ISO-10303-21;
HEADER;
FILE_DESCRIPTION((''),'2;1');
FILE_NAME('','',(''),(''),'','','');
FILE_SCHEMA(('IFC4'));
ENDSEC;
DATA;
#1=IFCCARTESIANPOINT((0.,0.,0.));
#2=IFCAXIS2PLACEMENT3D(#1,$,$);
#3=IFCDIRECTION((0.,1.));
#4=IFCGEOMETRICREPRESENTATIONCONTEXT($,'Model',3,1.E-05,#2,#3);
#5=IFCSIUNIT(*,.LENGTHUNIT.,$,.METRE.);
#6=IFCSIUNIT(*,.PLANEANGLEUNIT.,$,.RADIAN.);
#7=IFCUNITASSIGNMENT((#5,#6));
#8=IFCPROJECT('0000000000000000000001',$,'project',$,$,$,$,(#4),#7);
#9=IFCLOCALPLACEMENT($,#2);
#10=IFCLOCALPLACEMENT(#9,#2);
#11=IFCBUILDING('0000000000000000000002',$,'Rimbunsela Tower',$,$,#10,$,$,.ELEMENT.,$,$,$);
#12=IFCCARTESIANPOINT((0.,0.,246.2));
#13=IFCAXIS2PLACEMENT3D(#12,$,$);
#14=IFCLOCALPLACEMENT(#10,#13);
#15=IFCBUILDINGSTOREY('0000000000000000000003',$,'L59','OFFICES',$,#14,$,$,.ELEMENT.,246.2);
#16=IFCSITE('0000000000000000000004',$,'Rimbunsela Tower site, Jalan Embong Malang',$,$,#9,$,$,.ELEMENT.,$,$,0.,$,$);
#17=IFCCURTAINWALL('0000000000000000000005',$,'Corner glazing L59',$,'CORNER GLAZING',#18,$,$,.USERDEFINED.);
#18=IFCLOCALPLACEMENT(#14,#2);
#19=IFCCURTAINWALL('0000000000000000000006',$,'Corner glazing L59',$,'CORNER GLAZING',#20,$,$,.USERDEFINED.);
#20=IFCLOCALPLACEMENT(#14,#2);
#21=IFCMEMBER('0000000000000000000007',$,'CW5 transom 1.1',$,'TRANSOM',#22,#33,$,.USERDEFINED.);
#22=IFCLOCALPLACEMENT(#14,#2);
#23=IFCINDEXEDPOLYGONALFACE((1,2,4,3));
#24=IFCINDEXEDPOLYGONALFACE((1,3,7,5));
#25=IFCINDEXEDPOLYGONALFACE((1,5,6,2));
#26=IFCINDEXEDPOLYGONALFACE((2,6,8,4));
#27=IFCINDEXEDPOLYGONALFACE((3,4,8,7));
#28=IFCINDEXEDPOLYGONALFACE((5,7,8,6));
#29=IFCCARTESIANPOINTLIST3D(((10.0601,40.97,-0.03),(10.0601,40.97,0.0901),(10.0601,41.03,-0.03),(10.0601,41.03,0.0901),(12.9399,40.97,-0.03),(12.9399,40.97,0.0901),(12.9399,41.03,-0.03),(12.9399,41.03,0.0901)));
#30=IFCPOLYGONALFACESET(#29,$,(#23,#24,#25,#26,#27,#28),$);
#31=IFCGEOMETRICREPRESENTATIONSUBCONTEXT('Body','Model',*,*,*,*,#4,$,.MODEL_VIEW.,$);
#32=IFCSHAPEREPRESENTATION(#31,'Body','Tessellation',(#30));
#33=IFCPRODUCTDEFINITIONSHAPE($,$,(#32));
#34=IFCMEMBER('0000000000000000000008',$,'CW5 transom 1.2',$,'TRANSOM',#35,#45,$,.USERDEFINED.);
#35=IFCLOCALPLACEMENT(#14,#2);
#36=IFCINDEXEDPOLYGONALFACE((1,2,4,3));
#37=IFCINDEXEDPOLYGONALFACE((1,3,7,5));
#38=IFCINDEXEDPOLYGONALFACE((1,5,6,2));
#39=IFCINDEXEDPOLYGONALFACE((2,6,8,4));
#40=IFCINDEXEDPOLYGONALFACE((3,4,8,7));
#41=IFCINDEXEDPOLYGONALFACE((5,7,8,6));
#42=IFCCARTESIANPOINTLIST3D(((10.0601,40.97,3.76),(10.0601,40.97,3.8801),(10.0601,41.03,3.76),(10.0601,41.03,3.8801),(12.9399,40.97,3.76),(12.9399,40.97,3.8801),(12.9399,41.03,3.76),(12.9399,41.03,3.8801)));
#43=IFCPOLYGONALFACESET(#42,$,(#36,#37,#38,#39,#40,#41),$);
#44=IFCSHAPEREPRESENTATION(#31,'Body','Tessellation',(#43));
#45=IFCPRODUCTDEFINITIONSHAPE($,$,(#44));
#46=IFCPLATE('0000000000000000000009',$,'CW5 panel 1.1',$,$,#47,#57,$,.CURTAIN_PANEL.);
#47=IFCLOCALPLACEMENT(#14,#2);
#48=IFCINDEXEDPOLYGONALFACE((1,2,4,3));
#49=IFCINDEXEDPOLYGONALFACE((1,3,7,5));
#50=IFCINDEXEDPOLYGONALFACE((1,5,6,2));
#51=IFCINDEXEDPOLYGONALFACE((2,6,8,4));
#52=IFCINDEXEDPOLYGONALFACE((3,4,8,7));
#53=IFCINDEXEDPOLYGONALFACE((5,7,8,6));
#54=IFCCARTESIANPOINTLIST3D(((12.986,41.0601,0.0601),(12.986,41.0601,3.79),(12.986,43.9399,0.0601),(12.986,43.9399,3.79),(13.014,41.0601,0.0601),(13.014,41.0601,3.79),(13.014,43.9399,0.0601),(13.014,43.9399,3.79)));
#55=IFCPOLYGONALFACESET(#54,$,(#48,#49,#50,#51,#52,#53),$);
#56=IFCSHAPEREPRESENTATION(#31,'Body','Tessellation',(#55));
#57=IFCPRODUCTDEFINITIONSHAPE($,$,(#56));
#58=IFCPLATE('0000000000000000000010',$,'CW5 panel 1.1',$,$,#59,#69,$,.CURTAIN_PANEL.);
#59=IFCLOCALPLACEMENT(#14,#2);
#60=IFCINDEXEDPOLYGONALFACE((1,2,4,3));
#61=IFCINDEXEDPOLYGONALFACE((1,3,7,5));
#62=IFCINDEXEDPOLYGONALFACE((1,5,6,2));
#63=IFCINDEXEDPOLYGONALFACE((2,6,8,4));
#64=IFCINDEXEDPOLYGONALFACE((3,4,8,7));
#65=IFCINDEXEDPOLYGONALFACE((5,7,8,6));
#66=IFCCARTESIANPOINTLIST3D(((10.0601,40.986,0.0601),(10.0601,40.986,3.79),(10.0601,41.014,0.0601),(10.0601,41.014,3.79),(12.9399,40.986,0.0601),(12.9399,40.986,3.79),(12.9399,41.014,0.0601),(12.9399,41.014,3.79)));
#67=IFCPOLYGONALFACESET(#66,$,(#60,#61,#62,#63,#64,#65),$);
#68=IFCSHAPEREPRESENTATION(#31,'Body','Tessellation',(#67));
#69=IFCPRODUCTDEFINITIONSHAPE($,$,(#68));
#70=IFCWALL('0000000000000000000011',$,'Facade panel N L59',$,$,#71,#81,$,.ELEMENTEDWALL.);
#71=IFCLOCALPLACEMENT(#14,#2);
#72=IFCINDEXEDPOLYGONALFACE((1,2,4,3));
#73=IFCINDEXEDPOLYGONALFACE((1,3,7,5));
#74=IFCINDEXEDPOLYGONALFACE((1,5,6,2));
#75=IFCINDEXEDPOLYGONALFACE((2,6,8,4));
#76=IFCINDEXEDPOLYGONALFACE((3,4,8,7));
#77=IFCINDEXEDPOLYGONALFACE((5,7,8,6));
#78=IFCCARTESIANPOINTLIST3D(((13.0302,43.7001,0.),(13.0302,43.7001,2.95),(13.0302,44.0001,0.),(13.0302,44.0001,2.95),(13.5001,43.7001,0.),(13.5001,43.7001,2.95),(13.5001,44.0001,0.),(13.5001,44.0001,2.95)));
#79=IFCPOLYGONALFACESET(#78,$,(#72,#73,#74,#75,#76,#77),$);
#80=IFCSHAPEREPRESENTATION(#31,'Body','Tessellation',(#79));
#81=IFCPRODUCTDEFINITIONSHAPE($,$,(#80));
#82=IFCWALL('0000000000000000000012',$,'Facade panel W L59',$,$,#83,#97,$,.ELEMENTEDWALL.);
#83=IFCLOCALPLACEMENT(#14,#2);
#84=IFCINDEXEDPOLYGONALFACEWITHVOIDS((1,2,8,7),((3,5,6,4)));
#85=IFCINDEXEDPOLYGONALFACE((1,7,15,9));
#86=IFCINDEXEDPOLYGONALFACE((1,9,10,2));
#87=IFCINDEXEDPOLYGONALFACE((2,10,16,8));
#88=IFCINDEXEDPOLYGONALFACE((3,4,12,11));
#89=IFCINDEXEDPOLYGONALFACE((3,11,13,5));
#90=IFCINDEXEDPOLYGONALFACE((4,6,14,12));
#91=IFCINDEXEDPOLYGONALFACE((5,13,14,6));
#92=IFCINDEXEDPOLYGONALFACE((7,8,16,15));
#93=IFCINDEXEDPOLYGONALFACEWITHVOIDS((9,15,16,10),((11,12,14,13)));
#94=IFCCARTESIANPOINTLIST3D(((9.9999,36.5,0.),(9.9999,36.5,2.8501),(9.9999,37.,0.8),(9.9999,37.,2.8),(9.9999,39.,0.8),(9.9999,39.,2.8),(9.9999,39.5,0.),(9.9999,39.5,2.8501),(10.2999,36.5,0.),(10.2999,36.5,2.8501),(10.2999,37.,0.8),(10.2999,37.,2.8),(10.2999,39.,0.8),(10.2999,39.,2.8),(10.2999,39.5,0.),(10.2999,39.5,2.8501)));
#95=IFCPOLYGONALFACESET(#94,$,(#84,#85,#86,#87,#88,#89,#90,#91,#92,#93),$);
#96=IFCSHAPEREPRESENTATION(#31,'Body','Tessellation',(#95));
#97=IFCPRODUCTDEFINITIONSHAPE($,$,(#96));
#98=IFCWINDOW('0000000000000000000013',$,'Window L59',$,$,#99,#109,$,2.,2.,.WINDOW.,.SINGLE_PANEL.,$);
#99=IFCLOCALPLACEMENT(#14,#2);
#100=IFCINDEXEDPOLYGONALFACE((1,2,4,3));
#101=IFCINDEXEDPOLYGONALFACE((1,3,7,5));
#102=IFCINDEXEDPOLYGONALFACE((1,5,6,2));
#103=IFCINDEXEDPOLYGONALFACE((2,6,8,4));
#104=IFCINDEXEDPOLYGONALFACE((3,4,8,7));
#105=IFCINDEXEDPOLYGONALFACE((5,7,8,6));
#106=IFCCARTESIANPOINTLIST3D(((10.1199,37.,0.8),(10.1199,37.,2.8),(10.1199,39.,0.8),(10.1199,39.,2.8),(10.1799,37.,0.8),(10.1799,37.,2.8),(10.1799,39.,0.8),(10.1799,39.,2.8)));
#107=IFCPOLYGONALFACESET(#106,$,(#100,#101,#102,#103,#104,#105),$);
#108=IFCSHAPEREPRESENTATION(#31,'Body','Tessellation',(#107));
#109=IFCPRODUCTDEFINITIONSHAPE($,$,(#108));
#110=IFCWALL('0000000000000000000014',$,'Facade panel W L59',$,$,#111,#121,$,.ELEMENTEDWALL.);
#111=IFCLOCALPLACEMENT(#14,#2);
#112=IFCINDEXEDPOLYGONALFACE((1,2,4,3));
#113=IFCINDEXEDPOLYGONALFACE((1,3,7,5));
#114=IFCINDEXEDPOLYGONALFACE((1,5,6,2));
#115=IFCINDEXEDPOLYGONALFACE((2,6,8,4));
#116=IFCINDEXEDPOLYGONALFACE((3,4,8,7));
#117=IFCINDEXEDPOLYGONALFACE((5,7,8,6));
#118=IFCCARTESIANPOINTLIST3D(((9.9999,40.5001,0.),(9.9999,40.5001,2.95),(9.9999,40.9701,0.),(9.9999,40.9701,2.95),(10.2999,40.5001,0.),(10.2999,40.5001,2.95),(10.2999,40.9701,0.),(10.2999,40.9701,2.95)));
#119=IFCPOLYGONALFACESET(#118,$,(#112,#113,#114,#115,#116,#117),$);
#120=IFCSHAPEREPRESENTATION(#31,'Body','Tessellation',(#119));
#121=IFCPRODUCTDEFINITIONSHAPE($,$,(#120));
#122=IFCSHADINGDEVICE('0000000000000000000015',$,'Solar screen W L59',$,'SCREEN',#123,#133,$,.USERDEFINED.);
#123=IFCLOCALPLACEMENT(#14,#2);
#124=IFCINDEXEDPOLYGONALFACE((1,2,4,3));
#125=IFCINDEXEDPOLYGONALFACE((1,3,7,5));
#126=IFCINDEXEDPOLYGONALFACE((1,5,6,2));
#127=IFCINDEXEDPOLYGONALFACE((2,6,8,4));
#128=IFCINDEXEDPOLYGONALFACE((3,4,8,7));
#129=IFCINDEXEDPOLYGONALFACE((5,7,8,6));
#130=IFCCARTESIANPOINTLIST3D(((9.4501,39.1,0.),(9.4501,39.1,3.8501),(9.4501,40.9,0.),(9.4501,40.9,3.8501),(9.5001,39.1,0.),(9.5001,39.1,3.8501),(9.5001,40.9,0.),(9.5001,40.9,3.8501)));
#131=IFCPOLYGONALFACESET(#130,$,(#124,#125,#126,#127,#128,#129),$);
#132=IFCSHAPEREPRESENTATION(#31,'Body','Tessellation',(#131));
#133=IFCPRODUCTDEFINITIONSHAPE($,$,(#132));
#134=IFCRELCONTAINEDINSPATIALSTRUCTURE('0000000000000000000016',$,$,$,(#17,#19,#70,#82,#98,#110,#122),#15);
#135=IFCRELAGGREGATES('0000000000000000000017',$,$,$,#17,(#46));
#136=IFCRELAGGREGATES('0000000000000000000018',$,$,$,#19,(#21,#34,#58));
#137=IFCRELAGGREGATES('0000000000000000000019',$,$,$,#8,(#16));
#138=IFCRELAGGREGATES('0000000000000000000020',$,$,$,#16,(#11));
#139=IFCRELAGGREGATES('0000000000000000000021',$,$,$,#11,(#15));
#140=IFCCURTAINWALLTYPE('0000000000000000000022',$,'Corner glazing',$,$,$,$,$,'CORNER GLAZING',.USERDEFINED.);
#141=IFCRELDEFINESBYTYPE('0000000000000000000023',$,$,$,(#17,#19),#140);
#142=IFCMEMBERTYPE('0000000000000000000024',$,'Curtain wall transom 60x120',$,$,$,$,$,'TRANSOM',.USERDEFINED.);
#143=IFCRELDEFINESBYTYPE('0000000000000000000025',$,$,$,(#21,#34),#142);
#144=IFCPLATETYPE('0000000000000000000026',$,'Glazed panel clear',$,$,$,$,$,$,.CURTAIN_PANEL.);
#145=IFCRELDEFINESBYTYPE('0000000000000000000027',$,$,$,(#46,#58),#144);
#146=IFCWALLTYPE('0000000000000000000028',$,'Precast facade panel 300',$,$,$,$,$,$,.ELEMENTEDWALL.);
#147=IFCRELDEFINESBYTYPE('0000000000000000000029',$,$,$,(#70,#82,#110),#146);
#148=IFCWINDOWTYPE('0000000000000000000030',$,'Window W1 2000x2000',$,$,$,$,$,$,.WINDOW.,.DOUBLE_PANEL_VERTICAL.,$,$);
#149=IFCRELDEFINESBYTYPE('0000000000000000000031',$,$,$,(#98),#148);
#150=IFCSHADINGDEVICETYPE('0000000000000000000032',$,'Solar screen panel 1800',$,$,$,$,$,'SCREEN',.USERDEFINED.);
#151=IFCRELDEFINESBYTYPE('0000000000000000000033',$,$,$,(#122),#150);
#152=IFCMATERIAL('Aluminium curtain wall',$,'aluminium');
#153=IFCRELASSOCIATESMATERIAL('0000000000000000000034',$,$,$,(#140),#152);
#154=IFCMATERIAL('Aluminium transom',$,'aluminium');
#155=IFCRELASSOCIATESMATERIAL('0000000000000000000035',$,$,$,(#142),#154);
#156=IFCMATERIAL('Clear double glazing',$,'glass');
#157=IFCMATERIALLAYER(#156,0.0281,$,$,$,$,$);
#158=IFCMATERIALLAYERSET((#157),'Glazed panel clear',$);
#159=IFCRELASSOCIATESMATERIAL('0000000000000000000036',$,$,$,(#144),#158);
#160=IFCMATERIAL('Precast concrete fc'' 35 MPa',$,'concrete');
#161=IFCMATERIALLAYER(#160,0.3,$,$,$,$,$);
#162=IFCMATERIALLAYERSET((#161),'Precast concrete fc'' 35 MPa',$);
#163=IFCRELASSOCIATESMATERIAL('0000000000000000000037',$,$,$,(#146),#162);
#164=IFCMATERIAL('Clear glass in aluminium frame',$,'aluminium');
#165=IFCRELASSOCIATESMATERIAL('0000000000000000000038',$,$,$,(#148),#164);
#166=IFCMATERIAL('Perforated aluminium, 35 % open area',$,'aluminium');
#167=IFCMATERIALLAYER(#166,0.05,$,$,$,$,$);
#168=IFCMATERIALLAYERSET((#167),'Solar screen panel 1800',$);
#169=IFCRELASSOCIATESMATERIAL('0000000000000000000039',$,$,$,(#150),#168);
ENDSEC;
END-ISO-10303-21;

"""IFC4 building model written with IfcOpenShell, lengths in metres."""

from ifc_helpers import new_model, si_unit, direction, frame, frame_2d, origin, origin_2d, place, context, subcontext, project, spatial, rectangle, extrude, material, layer, layer_set, material_profile, profile_set, type_object, element, fill, aggregate, save


model = new_model("IFC4")

# Units and contexts
model_context = context("Model", 3, precision=1e-05, world=origin(), true_north=direction((0.0, 1.0)))
body_context = subcontext(model_context, "Body", "Model", "MODEL_VIEW")
ifc_project = project(units=[si_unit("LENGTHUNIT", "METRE"), si_unit("PLANEANGLEUNIT", "RADIAN")], contexts=[model_context])

# Site, building, storey
site_placement = place(None, origin())
site = spatial("IfcSite", under=ifc_project, at=site_placement, Name="Rimbunsela Tower site, Jalan Embong Malang", CompositionType="ELEMENT", RefElevation=0.0)
building_placement = place(site_placement, origin())
building = spatial("IfcBuilding", under=site, at=building_placement, Name="Rimbunsela Tower", CompositionType="ELEMENT")
storey_placement = place(building_placement, frame((0.0, 0.0, 246.2)))
storey = spatial("IfcBuildingStorey", under=building, at=storey_placement, Name="L59", Description="OFFICES", CompositionType="ELEMENT", Elevation=246.2)

# Curtain walls
ifc_material_1 = material(Name="Aluminium curtain wall", Category="aluminium")
curtain_wall_type = type_object("IfcCurtainWallType", Name="Corner glazing", ElementType="CORNER GLAZING", PredefinedType="USERDEFINED", material=ifc_material_1)
curtain_wall_1_placement = place(storey_placement, origin())
curtain_wall_1 = element("IfcCurtainWall", 1, at=curtain_wall_1_placement, inside=storey, type_object=curtain_wall_type, Name="Corner glazing L59", ObjectType="CORNER GLAZING", PredefinedType="USERDEFINED")
curtain_wall_2_placement = place(storey_placement, origin())
curtain_wall_2 = element("IfcCurtainWall", 2, at=curtain_wall_2_placement, inside=storey, type_object=curtain_wall_type, Name="Corner glazing L59", ObjectType="CORNER GLAZING", PredefinedType="USERDEFINED")

# Members
ifc_material_2 = material(Name="Aluminium transom", Category="aluminium")
ifc_material_profile_1 = material_profile(ifc_material_2, rectangle(XDim=0.0601, YDim=0.1201, at=origin_2d()), Name="Transom 60x120")
ifc_profile_set_1 = profile_set([ifc_material_profile_1], Name="Aluminium transom")
member_type_1 = type_object("IfcMemberType", Name="Curtain wall transom 60x120", ElementType="TRANSOM", PredefinedType="USERDEFINED", material=ifc_profile_set_1)
member_1_placement = place(storey_placement, frame((12.9399, 41.0, 0.03), z_axis=(-1.0, 0.0, 0.0), x_axis=(0.0, -1.0, 0.0)))
member_1 = element("IfcMember", 3, at=member_1_placement, type_object=member_type_1, Name="CW5 transom 1.1", ObjectType="TRANSOM", PredefinedType="USERDEFINED", context=body_context, shape_type="SweptSolid", body=[
    extrude(rectangle(XDim=0.0601, YDim=0.1201, at=origin_2d()), origin(), (0.0, 0.0, 1.0), 2.8799),
])
member_2_placement = place(storey_placement, frame((12.9399, 41.0, 3.8201), z_axis=(-1.0, 0.0, 0.0), x_axis=(0.0, -1.0, 0.0)))
member_2 = element("IfcMember", 4, at=member_2_placement, type_object=member_type_1, Name="CW5 transom 1.2", ObjectType="TRANSOM", PredefinedType="USERDEFINED", context=body_context, shape_type="SweptSolid", body=[
    extrude(rectangle(XDim=0.0601, YDim=0.1201, at=origin_2d()), origin(), (0.0, 0.0, 1.0), 2.8799),
])

# Plates
ifc_material_3 = material(Name="Clear double glazing", Category="glass")
ifc_layer_1 = layer(ifc_material_3, 0.0281)
ifc_layer_set_1 = layer_set([ifc_layer_1], Name="Glazed panel clear")
plate_type = type_object("IfcPlateType", Name="Glazed panel clear", PredefinedType="CURTAIN_PANEL", material=ifc_layer_set_1)
plate_1_placement = place(storey_placement, frame((13.0, 42.5, 0.0601), z_axis=(0.0, 0.0, 1.0), x_axis=(0.0, -1.0, 0.0)))
plate_1 = element("IfcPlate", 5, at=plate_1_placement, type_object=plate_type, Name="CW5 panel 1.1", PredefinedType="CURTAIN_PANEL", context=body_context, shape_type="SweptSolid", body=[
    extrude(rectangle(XDim=2.8799, YDim=0.0281, at=origin_2d()), origin(), (0.0, 0.0, 1.0), 3.73),
])
aggregate(curtain_wall_1, [plate_1])
plate_2_placement = place(storey_placement, frame((11.5, 41.0, 0.0601), z_axis=(0.0, 0.0, 1.0), x_axis=(-1.0, 0.0, 0.0)))
plate_2 = element("IfcPlate", 6, at=plate_2_placement, type_object=plate_type, Name="CW5 panel 1.1", PredefinedType="CURTAIN_PANEL", context=body_context, shape_type="SweptSolid", body=[
    extrude(rectangle(XDim=2.8799, YDim=0.0281, at=origin_2d()), origin(), (0.0, 0.0, 1.0), 3.73),
])
aggregate(curtain_wall_2, [member_1, member_2, plate_2])

# Wall
ifc_material_4 = material(Name="Precast concrete fc' 35 MPa", Category="concrete")
ifc_layer_2 = layer(ifc_material_4, 0.3)
ifc_layer_set_2 = layer_set([ifc_layer_2], Name="Precast concrete fc' 35 MPa")
wall_type = type_object("IfcWallType", Name="Precast facade panel 300", PredefinedType="ELEMENTEDWALL", material=ifc_layer_set_2)
wall_1_placement = place(storey_placement, frame((13.5, 43.8501, 0.0), z_axis=(0.0, 0.0, 1.0), x_axis=(-1.0, 0.0, 0.0)))
element("IfcWall", 7, at=wall_1_placement, inside=storey, type_object=wall_type, Name="Facade panel N L59", PredefinedType="ELEMENTEDWALL", context=body_context, shape_type="SweptSolid", body=[
    extrude(rectangle(XDim=0.47, YDim=0.3, at=frame_2d((0.2349, 0.0))), origin(), (0.0, 0.0, 1.0), 2.95),
])

# Wall, opening, window
wall_2_placement = place(storey_placement, frame((10.1499, 39.5, 0.0), z_axis=(0.0, 0.0, 1.0), x_axis=(0.0, -1.0, 0.0)))
wall_2 = element("IfcWall", 8, at=wall_2_placement, inside=storey, type_object=wall_type, Name="Facade panel W L59", PredefinedType="ELEMENTEDWALL", context=body_context, shape_type="SweptSolid", body=[
    extrude(rectangle(XDim=3.0, YDim=0.3, at=frame_2d((1.5, 0.0))), origin(), (0.0, 0.0, 1.0), 2.8501),
])
opening_placement = place(wall_2_placement, frame((0.5, 0.0, 0.8)))
opening = element("IfcOpeningElement", 9, at=opening_placement, cuts=wall_2, PredefinedType="OPENING", context=body_context, shape_type="SweptSolid", body=[
    extrude(rectangle(XDim=2.0, YDim=2.0, at=frame_2d((1.0, 1.0))), frame((0.0, 0.1599, 0.0), z_axis=(0.0, -1.0, 0.0), x_axis=(1.0, 0.0, 0.0)), (0.0, 0.0, 1.0), 0.3201),
])
ifc_material_5 = material(Name="Clear glass in aluminium frame", Category="aluminium")
window_type = type_object("IfcWindowType", Name="Window W1 2000x2000", PartitioningType="DOUBLE_PANEL_VERTICAL", PredefinedType="WINDOW", material=ifc_material_5)
window_placement = place(opening_placement, origin())
window = element("IfcWindow", 10, at=window_placement, inside=storey, type_object=window_type, Name="Window L59", OverallHeight=2.0, OverallWidth=2.0, PartitioningType="SINGLE_PANEL", PredefinedType="WINDOW", context=body_context, shape_type="SweptSolid", body=[
    extrude(rectangle(XDim=2.0, YDim=2.0, at=frame_2d((1.0, 1.0))), frame((0.0, 0.03, 0.0), z_axis=(0.0, -1.0, 0.0), x_axis=(1.0, 0.0, 0.0)), (0.0, 0.0, 1.0), 0.0601),
])
fill(opening, window)

# Wall
wall_3_placement = place(storey_placement, frame((10.1499, 40.97, 0.0), z_axis=(0.0, 0.0, 1.0), x_axis=(0.0, -1.0, 0.0)))
element("IfcWall", 11, at=wall_3_placement, inside=storey, type_object=wall_type, Name="Facade panel W L59", PredefinedType="ELEMENTEDWALL", context=body_context, shape_type="SweptSolid", body=[
    extrude(rectangle(XDim=0.47, YDim=0.3, at=frame_2d((0.2349, 0.0))), origin(), (0.0, 0.0, 1.0), 2.95),
])

# Shading device
ifc_material_6 = material(Name="Perforated aluminium, 35 % open area", Category="aluminium")
ifc_layer_3 = layer(ifc_material_6, 0.05)
ifc_layer_set_3 = layer_set([ifc_layer_3], Name="Solar screen panel 1800")
shading_device_type = type_object("IfcShadingDeviceType", Name="Solar screen panel 1800", ElementType="SCREEN", PredefinedType="USERDEFINED", material=ifc_layer_set_3)
shading_device_placement = place(storey_placement, frame((9.4751, 40.0, 0.0), z_axis=(0.0, 0.0, 1.0), x_axis=(0.0, 1.0, 0.0)))
element("IfcShadingDevice", 12, at=shading_device_placement, inside=storey, type_object=shading_device_type, Name="Solar screen W L59", ObjectType="SCREEN", PredefinedType="USERDEFINED", context=body_context, shape_type="SweptSolid", body=[
    extrude(rectangle(XDim=1.8, YDim=0.05, at=origin_2d()), origin(), (0.0, 0.0, 1.0), 3.8501),
])

save(model, "model.ifc")
